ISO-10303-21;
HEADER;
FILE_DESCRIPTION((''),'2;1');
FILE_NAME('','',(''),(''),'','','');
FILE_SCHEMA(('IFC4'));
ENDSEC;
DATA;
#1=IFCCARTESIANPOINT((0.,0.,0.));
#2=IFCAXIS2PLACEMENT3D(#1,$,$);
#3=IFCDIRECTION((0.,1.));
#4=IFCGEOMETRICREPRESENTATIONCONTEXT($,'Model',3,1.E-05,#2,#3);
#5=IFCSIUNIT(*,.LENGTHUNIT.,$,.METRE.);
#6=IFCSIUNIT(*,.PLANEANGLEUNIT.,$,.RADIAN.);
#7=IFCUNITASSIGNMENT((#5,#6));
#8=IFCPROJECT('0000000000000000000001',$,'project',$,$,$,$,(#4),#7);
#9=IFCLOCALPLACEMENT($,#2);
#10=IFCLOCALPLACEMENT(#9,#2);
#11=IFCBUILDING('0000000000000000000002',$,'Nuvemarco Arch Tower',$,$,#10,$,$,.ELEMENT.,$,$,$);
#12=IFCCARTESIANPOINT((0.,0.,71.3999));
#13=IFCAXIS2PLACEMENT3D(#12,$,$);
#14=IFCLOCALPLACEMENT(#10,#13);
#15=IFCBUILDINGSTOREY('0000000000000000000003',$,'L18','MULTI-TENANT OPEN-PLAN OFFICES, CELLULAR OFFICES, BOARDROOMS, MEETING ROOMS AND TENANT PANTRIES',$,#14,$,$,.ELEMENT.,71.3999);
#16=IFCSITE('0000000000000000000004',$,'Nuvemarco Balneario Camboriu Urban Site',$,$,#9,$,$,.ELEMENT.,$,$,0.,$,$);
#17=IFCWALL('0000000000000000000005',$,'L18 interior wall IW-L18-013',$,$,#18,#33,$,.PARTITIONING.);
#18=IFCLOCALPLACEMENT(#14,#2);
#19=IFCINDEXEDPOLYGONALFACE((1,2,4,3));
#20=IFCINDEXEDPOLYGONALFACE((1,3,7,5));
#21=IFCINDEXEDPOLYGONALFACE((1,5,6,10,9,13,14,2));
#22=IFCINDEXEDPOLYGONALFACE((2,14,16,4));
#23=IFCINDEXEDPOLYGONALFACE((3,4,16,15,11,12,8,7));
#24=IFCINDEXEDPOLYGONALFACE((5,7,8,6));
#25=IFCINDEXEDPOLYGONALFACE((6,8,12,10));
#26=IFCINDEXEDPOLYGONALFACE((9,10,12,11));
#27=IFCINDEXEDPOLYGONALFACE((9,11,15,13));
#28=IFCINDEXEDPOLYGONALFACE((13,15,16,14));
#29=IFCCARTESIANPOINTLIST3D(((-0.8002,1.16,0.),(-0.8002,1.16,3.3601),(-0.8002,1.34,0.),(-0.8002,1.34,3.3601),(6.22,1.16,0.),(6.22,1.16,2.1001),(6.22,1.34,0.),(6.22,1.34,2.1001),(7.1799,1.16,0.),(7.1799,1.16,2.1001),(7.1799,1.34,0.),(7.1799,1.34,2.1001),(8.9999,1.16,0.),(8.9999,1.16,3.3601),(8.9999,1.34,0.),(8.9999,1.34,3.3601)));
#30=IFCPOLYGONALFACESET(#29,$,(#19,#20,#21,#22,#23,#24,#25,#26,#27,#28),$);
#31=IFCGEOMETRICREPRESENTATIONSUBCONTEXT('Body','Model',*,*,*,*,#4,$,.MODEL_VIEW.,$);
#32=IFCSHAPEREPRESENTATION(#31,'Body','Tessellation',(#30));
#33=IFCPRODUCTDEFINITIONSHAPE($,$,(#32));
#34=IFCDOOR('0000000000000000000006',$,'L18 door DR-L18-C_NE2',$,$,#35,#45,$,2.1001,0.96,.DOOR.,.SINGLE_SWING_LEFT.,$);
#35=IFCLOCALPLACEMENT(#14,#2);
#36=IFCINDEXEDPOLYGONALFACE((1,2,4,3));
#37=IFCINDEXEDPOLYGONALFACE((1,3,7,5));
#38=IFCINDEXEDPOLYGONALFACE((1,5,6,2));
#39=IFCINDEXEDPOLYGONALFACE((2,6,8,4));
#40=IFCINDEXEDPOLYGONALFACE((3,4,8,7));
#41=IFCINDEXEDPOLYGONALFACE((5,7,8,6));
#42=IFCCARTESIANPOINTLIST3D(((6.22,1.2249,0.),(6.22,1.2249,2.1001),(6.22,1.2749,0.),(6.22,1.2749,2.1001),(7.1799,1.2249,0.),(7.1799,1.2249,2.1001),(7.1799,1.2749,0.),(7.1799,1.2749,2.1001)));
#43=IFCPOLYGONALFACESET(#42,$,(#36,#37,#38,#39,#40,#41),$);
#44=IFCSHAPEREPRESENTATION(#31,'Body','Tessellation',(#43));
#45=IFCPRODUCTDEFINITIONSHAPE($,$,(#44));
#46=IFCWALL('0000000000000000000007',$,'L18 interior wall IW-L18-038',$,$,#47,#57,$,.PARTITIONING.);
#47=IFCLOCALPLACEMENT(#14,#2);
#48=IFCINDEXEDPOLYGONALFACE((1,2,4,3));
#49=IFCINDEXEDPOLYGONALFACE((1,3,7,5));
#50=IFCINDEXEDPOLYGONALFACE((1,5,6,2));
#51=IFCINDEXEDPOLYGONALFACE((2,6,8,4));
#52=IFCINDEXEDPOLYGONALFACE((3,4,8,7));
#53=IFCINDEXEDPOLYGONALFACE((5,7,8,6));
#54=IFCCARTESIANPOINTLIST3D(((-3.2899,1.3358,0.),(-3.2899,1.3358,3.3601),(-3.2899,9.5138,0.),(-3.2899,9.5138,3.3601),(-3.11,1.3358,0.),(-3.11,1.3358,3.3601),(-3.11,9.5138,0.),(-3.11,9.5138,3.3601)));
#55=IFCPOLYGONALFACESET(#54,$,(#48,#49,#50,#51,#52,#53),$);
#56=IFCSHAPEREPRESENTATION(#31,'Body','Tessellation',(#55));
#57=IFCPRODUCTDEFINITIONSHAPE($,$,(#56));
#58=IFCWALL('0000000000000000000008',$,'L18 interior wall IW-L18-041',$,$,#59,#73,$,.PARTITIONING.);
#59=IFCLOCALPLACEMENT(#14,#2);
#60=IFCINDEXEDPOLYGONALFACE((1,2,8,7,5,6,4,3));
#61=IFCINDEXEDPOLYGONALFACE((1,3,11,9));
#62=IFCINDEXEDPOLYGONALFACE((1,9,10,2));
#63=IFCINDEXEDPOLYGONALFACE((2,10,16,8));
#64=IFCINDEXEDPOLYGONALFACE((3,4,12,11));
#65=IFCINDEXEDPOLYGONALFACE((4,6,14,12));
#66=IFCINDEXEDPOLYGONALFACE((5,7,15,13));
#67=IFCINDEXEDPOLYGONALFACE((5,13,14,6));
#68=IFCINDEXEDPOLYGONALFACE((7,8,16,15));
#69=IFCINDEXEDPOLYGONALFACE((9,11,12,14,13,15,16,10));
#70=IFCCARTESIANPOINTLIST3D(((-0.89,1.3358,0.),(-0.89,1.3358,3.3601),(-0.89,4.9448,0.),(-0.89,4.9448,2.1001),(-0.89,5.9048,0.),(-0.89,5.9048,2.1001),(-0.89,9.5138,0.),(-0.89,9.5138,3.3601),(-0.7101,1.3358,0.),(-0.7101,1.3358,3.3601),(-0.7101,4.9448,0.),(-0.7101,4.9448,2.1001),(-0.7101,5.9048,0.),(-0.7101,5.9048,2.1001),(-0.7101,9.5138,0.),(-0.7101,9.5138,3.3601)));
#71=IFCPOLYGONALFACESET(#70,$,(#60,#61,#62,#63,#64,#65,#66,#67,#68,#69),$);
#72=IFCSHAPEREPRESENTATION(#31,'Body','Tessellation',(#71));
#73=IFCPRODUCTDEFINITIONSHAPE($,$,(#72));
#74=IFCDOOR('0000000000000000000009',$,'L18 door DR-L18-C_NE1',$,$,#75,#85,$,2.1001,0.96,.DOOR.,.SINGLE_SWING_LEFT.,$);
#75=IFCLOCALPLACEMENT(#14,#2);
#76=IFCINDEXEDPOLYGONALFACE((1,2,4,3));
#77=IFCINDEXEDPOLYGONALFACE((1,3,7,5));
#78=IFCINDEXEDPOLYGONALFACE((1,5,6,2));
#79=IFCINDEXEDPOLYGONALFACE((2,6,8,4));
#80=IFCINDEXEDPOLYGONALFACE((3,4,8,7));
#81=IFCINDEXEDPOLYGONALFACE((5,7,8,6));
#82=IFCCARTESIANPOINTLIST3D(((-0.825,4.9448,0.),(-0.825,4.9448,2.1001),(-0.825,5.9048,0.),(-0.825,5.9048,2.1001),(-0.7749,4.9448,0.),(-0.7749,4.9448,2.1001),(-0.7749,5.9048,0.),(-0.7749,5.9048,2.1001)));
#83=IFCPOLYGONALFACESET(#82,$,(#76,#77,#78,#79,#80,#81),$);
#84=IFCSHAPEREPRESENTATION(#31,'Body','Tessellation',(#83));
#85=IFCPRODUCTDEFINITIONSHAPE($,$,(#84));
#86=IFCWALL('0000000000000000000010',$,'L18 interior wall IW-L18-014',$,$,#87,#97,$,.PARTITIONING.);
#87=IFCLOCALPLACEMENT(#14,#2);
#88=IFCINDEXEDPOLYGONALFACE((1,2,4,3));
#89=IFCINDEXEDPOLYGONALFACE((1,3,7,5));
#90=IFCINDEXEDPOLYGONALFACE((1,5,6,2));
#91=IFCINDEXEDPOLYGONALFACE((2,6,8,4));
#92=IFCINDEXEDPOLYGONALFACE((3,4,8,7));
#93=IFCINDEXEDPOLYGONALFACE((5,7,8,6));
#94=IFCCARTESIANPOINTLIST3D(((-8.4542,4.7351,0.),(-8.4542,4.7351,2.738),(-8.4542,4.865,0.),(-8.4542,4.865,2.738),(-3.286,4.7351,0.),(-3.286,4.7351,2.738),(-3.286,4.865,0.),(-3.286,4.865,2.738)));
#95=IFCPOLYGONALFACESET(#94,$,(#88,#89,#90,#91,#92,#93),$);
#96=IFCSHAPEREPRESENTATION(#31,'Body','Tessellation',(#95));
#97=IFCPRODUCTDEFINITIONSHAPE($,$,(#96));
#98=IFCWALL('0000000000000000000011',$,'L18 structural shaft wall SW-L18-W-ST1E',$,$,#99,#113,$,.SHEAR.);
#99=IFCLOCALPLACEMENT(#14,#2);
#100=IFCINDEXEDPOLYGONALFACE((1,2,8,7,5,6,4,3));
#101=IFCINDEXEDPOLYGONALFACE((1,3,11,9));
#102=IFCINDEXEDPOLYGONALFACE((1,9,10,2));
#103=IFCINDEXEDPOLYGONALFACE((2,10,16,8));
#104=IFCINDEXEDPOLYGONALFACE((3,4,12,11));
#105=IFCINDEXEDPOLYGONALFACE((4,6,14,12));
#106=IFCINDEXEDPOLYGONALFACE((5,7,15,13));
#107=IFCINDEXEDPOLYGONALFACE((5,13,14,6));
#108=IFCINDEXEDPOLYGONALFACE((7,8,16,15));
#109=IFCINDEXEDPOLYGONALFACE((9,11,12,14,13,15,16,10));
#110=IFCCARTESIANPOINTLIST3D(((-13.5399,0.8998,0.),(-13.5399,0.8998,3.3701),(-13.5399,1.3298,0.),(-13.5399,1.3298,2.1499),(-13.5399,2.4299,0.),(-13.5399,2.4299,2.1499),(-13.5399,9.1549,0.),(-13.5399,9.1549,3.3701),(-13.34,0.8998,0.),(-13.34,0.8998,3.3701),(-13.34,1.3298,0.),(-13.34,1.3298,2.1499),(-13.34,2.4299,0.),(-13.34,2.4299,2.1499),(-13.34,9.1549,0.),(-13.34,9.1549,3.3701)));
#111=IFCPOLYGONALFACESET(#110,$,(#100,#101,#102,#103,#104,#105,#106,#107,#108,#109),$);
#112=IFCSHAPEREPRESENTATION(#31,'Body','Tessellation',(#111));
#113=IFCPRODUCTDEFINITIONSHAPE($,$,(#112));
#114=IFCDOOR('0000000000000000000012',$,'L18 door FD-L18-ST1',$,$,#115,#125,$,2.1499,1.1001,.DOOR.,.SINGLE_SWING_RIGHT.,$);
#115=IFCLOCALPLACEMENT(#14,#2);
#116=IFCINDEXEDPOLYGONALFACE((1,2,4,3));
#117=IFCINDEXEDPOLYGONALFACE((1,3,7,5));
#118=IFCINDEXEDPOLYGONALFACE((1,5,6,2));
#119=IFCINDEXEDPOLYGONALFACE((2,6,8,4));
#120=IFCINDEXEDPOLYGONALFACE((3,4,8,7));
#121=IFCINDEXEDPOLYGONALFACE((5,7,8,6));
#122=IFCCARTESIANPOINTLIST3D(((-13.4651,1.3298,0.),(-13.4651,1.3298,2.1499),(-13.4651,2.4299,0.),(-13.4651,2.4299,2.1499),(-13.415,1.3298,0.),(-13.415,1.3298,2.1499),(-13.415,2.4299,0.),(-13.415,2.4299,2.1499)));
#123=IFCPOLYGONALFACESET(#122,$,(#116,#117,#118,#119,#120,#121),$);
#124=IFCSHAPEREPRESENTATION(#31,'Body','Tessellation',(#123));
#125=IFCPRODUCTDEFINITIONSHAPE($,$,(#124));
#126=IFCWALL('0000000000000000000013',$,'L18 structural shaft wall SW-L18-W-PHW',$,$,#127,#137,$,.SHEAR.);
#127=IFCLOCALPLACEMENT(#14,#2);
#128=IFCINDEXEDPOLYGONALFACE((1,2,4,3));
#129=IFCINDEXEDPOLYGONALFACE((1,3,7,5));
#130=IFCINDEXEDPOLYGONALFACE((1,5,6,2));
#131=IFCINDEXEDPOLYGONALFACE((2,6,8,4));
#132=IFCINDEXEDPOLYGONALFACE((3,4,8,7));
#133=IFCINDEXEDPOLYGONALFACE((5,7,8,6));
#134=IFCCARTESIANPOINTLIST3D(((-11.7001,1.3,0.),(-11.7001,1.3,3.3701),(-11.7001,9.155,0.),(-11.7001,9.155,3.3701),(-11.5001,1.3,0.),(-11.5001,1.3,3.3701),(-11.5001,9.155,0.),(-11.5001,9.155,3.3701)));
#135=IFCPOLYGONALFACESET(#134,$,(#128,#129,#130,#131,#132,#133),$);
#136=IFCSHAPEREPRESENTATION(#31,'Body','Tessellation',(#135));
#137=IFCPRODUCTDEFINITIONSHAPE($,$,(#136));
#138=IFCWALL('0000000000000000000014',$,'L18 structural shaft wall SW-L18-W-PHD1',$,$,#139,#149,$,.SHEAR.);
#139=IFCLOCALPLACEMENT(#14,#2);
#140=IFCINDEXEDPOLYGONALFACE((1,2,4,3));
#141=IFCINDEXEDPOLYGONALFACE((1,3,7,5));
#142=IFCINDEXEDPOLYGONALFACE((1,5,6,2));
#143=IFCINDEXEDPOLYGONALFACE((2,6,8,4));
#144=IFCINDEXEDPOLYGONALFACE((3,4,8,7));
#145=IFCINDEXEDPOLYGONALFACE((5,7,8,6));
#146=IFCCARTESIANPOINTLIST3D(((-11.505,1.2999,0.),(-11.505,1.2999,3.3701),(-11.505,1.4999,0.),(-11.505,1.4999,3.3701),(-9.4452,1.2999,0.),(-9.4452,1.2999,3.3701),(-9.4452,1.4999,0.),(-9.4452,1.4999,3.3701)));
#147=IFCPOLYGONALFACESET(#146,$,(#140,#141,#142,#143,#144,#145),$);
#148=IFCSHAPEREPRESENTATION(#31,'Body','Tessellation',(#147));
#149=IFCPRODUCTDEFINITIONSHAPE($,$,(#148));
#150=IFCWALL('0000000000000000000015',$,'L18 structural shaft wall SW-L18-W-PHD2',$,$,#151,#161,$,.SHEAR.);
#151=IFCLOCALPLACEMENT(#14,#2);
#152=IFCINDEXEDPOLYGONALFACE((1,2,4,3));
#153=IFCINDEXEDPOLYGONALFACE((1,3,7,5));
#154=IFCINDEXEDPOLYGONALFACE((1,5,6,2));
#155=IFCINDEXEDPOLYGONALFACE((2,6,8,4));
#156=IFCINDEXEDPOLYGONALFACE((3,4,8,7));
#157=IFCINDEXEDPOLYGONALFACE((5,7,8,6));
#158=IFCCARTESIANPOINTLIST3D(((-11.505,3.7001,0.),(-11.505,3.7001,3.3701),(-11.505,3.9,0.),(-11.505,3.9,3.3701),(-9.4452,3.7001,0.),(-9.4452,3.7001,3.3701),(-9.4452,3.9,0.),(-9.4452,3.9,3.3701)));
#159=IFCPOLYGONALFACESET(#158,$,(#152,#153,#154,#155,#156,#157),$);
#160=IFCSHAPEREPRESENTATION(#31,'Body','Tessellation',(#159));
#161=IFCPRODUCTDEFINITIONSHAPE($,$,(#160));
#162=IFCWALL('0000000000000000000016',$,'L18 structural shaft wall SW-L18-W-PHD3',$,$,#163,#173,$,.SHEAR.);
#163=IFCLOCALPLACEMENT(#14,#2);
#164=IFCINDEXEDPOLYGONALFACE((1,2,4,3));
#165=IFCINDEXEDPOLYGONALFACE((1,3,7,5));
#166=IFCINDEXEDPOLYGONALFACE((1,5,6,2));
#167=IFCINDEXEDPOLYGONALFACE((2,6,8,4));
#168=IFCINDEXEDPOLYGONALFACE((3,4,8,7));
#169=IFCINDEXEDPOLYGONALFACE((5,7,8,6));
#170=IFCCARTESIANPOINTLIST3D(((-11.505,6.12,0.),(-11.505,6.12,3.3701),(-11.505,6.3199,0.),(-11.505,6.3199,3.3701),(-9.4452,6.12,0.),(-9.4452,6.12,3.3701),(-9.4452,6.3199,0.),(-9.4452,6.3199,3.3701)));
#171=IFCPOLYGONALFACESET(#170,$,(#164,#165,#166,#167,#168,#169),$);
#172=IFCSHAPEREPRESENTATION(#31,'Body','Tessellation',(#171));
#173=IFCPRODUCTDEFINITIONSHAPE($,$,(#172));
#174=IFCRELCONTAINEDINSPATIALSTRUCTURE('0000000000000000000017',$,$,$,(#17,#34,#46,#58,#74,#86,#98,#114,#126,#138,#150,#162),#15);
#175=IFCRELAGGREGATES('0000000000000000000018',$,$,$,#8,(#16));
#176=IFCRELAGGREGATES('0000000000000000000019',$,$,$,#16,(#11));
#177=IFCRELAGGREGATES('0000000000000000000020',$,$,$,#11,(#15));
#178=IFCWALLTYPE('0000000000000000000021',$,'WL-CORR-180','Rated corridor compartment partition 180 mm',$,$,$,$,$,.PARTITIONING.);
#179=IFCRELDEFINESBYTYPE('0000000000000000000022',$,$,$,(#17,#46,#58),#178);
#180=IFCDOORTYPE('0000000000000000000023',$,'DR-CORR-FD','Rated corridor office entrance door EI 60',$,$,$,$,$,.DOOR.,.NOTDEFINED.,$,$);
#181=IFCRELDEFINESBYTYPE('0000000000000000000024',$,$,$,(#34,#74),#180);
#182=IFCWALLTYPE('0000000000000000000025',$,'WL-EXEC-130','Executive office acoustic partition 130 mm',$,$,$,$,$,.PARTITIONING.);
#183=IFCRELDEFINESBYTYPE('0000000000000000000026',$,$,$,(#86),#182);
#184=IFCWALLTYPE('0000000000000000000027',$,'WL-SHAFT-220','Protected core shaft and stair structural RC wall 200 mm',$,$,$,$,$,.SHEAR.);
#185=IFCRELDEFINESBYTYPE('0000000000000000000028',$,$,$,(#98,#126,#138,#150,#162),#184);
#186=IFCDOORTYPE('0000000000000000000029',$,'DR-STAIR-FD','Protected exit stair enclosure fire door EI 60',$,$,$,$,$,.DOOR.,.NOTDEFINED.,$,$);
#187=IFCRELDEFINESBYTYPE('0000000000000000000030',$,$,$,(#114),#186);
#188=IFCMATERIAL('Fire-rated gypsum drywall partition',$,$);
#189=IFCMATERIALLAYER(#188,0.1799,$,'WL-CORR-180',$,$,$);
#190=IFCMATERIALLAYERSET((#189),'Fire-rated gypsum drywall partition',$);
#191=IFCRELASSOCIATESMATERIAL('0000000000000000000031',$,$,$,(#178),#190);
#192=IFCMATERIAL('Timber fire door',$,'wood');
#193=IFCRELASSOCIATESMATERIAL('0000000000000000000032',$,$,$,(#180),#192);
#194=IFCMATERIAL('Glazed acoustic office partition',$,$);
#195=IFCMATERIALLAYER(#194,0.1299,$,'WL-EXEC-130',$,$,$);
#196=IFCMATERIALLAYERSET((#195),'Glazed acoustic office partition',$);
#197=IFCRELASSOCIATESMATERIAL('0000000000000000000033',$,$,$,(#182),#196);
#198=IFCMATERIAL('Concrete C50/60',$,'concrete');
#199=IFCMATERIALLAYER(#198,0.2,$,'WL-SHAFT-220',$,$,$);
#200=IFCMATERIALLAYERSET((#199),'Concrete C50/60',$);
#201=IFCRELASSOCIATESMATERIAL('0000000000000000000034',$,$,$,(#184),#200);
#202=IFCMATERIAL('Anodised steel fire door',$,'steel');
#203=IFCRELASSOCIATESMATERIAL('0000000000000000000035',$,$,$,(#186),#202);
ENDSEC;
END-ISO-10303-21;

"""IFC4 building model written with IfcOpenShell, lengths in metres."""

from ifc_helpers import new_model, si_unit, direction, frame, frame_2d, origin, place, context, subcontext, project, spatial, rectangle, extrude, source, transform, mapped, material, layer, layer_set, type_object, type_shapes, element, fill, save


model = new_model("IFC4")

# Units and contexts
model_context = context("Model", 3, precision=1e-05, world=origin(), true_north=direction((0.0, 1.0)))
body_context = subcontext(model_context, "Body", "Model", "MODEL_VIEW")
ifc_project = project(units=[si_unit("LENGTHUNIT", "METRE"), si_unit("PLANEANGLEUNIT", "RADIAN")], contexts=[model_context])

# Site, building, storey
site_placement = place(None, origin())
site = spatial("IfcSite", under=ifc_project, at=site_placement, Name="Nuvemarco Balneario Camboriu Urban Site", CompositionType="ELEMENT", RefElevation=0.0)
building_placement = place(site_placement, origin())
building = spatial("IfcBuilding", under=site, at=building_placement, Name="Nuvemarco Arch Tower", CompositionType="ELEMENT")
storey_placement = place(building_placement, frame((0.0, 0.0, 71.3999)))
storey = spatial("IfcBuildingStorey", under=building, at=storey_placement, Name="L18", Description="MULTI-TENANT OPEN-PLAN OFFICES, CELLULAR OFFICES, BOARDROOMS, MEETING ROOMS AND TENANT PANTRIES", CompositionType="ELEMENT", Elevation=71.3999)

# Wall, opening, door
ifc_material_1 = material(Name="Fire-rated gypsum drywall partition")
ifc_layer_1 = layer(ifc_material_1, 0.1799, Name="WL-CORR-180")
ifc_layer_set_1 = layer_set([ifc_layer_1], Name="Fire-rated gypsum drywall partition")
wall_type_1 = type_object("IfcWallType", Name="WL-CORR-180", Description="Rated corridor compartment partition 180 mm", PredefinedType="PARTITIONING", material=ifc_layer_set_1)
ifc_material_2 = material(Name="Timber fire door", Category="wood")
door_type_1 = type_object("IfcDoorType", Name="DR-CORR-FD", Description="Rated corridor office entrance door EI 60", OperationType="NOTDEFINED", PredefinedType="DOOR", material=ifc_material_2)
shared_shape_1 = source(origin(), body_context, "Body", "SweptSolid", [
    extrude(rectangle(XDim=0.96, YDim=2.1001, at=frame_2d((0.48, 1.05))), frame((0.0, 0.0249, 0.0), z_axis=(0.0, -1.0, 0.0), x_axis=(1.0, 0.0, 0.0)), (0.0, 0.0, 1.0), 0.05),
])
type_shapes(door_type_1, [shared_shape_1])
wall_1_placement = place(storey_placement, frame((-0.8, 1.25, 0.0), z_axis=(0.0, 0.0, 1.0), x_axis=(1.0, 0.0, 0.0)))
wall_1 = element("IfcWall", 1, at=wall_1_placement, inside=storey, type_object=wall_type_1, Name="L18 interior wall IW-L18-013", PredefinedType="PARTITIONING", context=body_context, shape_type="SweptSolid", body=[
    extrude(rectangle(XDim=9.8, YDim=0.1799, at=frame_2d((4.8999, 0.0))), origin(), (0.0, 0.0, 1.0), 3.3601),
])
opening_1_placement = place(wall_1_placement, frame((7.02, 0.0, 0.0)))
opening_1 = element("IfcOpeningElement", 2, at=opening_1_placement, cuts=wall_1, PredefinedType="OPENING", context=body_context, shape_type="SweptSolid", body=[
    extrude(rectangle(XDim=0.96, YDim=2.1001, at=frame_2d((0.48, 1.05))), frame((0.0, 0.0999, 0.0), z_axis=(0.0, -1.0, 0.0), x_axis=(1.0, 0.0, 0.0)), (0.0, 0.0, 1.0), 0.2),
])
door_1_placement = place(opening_1_placement, origin())
door_1 = element("IfcDoor", 3, at=door_1_placement, inside=storey, type_object=door_type_1, Name="L18 door DR-L18-C_NE2", OperationType="SINGLE_SWING_LEFT", OverallHeight=2.1001, OverallWidth=0.96, PredefinedType="DOOR", context=body_context, shape_type="MappedRepresentation", body=[
    mapped(shared_shape_1, transform((0.0, 0.0, 0.0), scale=1.0)),
])
fill(opening_1, door_1)

# Wall
wall_2_placement = place(storey_placement, frame((-3.2, 1.3359, 0.0), z_axis=(0.0, 0.0, 1.0), x_axis=(0.0, 1.0, 0.0)))
element("IfcWall", 4, at=wall_2_placement, inside=storey, type_object=wall_type_1, Name="L18 interior wall IW-L18-038", PredefinedType="PARTITIONING", context=body_context, shape_type="SweptSolid", body=[
    extrude(rectangle(XDim=8.178, YDim=0.1799, at=frame_2d((4.0889, 0.0))), origin(), (0.0, 0.0, 1.0), 3.3601),
])

# Wall, opening, door
wall_3_placement = place(storey_placement, frame((-0.8, 1.3359, 0.0), z_axis=(0.0, 0.0, 1.0), x_axis=(0.0, 1.0, 0.0)))
wall_3 = element("IfcWall", 5, at=wall_3_placement, inside=storey, type_object=wall_type_1, Name="L18 interior wall IW-L18-041", PredefinedType="PARTITIONING", context=body_context, shape_type="SweptSolid", body=[
    extrude(rectangle(XDim=8.178, YDim=0.1799, at=frame_2d((4.0889, 0.0))), origin(), (0.0, 0.0, 1.0), 3.3601),
])
opening_2_placement = place(wall_3_placement, frame((3.6089, 0.0, 0.0)))
opening_2 = element("IfcOpeningElement", 6, at=opening_2_placement, cuts=wall_3, PredefinedType="OPENING", context=body_context, shape_type="SweptSolid", body=[
    extrude(rectangle(XDim=0.96, YDim=2.1001, at=frame_2d((0.48, 1.05))), frame((0.0, 0.0999, 0.0), z_axis=(0.0, -1.0, 0.0), x_axis=(1.0, 0.0, 0.0)), (0.0, 0.0, 1.0), 0.2),
])
door_2_placement = place(opening_2_placement, origin())
door_2 = element("IfcDoor", 7, at=door_2_placement, inside=storey, type_object=door_type_1, Name="L18 door DR-L18-C_NE1", OperationType="SINGLE_SWING_LEFT", OverallHeight=2.1001, OverallWidth=0.96, PredefinedType="DOOR", context=body_context, shape_type="MappedRepresentation", body=[
    mapped(shared_shape_1, transform((0.0, 0.0, 0.0), scale=1.0)),
])
fill(opening_2, door_2)

# Wall
ifc_material_3 = material(Name="Glazed acoustic office partition")
ifc_layer_2 = layer(ifc_material_3, 0.1299, Name="WL-EXEC-130")
ifc_layer_set_2 = layer_set([ifc_layer_2], Name="Glazed acoustic office partition")
wall_type_2 = type_object("IfcWallType", Name="WL-EXEC-130", Description="Executive office acoustic partition 130 mm", PredefinedType="PARTITIONING", material=ifc_layer_set_2)
wall_4_placement = place(storey_placement, frame((-8.4541, 4.8, 0.0), z_axis=(0.0, 0.0, 1.0), x_axis=(1.0, 0.0, 0.0)))
element("IfcWall", 8, at=wall_4_placement, inside=storey, type_object=wall_type_2, Name="L18 interior wall IW-L18-014", PredefinedType="PARTITIONING", context=body_context, shape_type="SweptSolid", body=[
    extrude(rectangle(XDim=5.1682, YDim=0.1299, at=frame_2d((2.584, 0.0))), origin(), (0.0, 0.0, 1.0), 2.738),
])

# Wall, opening, door
ifc_material_4 = material(Name="Concrete C50/60", Category="concrete")
ifc_layer_3 = layer(ifc_material_4, 0.2, Name="WL-SHAFT-220")
ifc_layer_set_3 = layer_set([ifc_layer_3], Name="Concrete C50/60")
wall_type_3 = type_object("IfcWallType", Name="WL-SHAFT-220", Description="Protected core shaft and stair structural RC wall 200 mm", PredefinedType="SHEAR", material=ifc_layer_set_3)
wall_5_placement = place(storey_placement, frame((-13.4399, 0.8999, 0.0), z_axis=(0.0, 0.0, 1.0), x_axis=(0.0, 1.0, 0.0)))
wall_5 = element("IfcWall", 9, at=wall_5_placement, inside=storey, type_object=wall_type_3, Name="L18 structural shaft wall SW-L18-W-ST1E", PredefinedType="SHEAR", context=body_context, shape_type="SweptSolid", body=[
    extrude(rectangle(XDim=8.2551, YDim=0.2, at=frame_2d((4.1274, 0.0))), origin(), (0.0, 0.0, 1.0), 3.3701),
])
opening_3_placement = place(wall_5_placement, frame((1.53, 0.0, 0.0), z_axis=(0.0, 0.0, 1.0), x_axis=(-1.0, 0.0, 0.0)))
opening_3 = element("IfcOpeningElement", 10, at=opening_3_placement, cuts=wall_5, PredefinedType="OPENING", context=body_context, shape_type="SweptSolid", body=[
    extrude(rectangle(XDim=1.1001, YDim=2.1499, at=frame_2d((0.55, 1.075))), frame((0.0, 0.1099, 0.0), z_axis=(0.0, -1.0, 0.0), x_axis=(1.0, 0.0, 0.0)), (0.0, 0.0, 1.0), 0.22),
])
ifc_material_5 = material(Name="Anodised steel fire door", Category="steel")
door_type_2 = type_object("IfcDoorType", Name="DR-STAIR-FD", Description="Protected exit stair enclosure fire door EI 60", OperationType="NOTDEFINED", PredefinedType="DOOR", material=ifc_material_5)
shared_shape_2 = source(origin(), body_context, "Body", "SweptSolid", [
    extrude(rectangle(XDim=1.1001, YDim=2.1499, at=frame_2d((0.55, 1.075))), frame((0.0, 0.0249, 0.0), z_axis=(0.0, -1.0, 0.0), x_axis=(1.0, 0.0, 0.0)), (0.0, 0.0, 1.0), 0.05),
])
type_shapes(door_type_2, [shared_shape_2])
door_3_placement = place(opening_3_placement, origin())
door_3 = element("IfcDoor", 11, at=door_3_placement, inside=storey, type_object=door_type_2, Name="L18 door FD-L18-ST1", OperationType="SINGLE_SWING_RIGHT", OverallHeight=2.1499, OverallWidth=1.1001, PredefinedType="DOOR", context=body_context, shape_type="MappedRepresentation", body=[
    mapped(shared_shape_2, transform((0.0, 0.0, 0.0), scale=1.0)),
])
fill(opening_3, door_3)

# Walls
wall_6_placement = place(storey_placement, frame((-11.6001, 1.3, 0.0), z_axis=(0.0, 0.0, 1.0), x_axis=(0.0, 1.0, 0.0)))
element("IfcWall", 12, at=wall_6_placement, inside=storey, type_object=wall_type_3, Name="L18 structural shaft wall SW-L18-W-PHW", PredefinedType="SHEAR", context=body_context, shape_type="SweptSolid", body=[
    extrude(rectangle(XDim=7.855, YDim=0.2, at=frame_2d((3.9275, 0.0))), origin(), (0.0, 0.0, 1.0), 3.3701),
])
for number, where, z_axis, x_axis, name in (
    (13, (-11.5049, 1.3999, 0.0), (0.0, 0.0, 1.0), (1.0, 0.0, 0.0), "L18 structural shaft wall SW-L18-W-PHD1"),
    (14, (-11.5049, 3.8, 0.0), (0.0, 0.0, 1.0), (1.0, 0.0, 0.0), "L18 structural shaft wall SW-L18-W-PHD2"),
    (15, (-11.5049, 6.22, 0.0), (0.0, 0.0, 1.0), (1.0, 0.0, 0.0), "L18 structural shaft wall SW-L18-W-PHD3"),
):
    element("IfcWall", number, at=place(storey_placement, frame(where, z_axis=z_axis, x_axis=x_axis)), inside=storey, type_object=wall_type_3, Name=name, PredefinedType="SHEAR", context=body_context, shape_type="SweptSolid", body=[
        extrude(rectangle(XDim=2.0598, YDim=0.2, at=frame_2d((1.0298, 0.0))), origin(), (0.0, 0.0, 1.0), 3.3701),
    ])

save(model, "model.ifc")
